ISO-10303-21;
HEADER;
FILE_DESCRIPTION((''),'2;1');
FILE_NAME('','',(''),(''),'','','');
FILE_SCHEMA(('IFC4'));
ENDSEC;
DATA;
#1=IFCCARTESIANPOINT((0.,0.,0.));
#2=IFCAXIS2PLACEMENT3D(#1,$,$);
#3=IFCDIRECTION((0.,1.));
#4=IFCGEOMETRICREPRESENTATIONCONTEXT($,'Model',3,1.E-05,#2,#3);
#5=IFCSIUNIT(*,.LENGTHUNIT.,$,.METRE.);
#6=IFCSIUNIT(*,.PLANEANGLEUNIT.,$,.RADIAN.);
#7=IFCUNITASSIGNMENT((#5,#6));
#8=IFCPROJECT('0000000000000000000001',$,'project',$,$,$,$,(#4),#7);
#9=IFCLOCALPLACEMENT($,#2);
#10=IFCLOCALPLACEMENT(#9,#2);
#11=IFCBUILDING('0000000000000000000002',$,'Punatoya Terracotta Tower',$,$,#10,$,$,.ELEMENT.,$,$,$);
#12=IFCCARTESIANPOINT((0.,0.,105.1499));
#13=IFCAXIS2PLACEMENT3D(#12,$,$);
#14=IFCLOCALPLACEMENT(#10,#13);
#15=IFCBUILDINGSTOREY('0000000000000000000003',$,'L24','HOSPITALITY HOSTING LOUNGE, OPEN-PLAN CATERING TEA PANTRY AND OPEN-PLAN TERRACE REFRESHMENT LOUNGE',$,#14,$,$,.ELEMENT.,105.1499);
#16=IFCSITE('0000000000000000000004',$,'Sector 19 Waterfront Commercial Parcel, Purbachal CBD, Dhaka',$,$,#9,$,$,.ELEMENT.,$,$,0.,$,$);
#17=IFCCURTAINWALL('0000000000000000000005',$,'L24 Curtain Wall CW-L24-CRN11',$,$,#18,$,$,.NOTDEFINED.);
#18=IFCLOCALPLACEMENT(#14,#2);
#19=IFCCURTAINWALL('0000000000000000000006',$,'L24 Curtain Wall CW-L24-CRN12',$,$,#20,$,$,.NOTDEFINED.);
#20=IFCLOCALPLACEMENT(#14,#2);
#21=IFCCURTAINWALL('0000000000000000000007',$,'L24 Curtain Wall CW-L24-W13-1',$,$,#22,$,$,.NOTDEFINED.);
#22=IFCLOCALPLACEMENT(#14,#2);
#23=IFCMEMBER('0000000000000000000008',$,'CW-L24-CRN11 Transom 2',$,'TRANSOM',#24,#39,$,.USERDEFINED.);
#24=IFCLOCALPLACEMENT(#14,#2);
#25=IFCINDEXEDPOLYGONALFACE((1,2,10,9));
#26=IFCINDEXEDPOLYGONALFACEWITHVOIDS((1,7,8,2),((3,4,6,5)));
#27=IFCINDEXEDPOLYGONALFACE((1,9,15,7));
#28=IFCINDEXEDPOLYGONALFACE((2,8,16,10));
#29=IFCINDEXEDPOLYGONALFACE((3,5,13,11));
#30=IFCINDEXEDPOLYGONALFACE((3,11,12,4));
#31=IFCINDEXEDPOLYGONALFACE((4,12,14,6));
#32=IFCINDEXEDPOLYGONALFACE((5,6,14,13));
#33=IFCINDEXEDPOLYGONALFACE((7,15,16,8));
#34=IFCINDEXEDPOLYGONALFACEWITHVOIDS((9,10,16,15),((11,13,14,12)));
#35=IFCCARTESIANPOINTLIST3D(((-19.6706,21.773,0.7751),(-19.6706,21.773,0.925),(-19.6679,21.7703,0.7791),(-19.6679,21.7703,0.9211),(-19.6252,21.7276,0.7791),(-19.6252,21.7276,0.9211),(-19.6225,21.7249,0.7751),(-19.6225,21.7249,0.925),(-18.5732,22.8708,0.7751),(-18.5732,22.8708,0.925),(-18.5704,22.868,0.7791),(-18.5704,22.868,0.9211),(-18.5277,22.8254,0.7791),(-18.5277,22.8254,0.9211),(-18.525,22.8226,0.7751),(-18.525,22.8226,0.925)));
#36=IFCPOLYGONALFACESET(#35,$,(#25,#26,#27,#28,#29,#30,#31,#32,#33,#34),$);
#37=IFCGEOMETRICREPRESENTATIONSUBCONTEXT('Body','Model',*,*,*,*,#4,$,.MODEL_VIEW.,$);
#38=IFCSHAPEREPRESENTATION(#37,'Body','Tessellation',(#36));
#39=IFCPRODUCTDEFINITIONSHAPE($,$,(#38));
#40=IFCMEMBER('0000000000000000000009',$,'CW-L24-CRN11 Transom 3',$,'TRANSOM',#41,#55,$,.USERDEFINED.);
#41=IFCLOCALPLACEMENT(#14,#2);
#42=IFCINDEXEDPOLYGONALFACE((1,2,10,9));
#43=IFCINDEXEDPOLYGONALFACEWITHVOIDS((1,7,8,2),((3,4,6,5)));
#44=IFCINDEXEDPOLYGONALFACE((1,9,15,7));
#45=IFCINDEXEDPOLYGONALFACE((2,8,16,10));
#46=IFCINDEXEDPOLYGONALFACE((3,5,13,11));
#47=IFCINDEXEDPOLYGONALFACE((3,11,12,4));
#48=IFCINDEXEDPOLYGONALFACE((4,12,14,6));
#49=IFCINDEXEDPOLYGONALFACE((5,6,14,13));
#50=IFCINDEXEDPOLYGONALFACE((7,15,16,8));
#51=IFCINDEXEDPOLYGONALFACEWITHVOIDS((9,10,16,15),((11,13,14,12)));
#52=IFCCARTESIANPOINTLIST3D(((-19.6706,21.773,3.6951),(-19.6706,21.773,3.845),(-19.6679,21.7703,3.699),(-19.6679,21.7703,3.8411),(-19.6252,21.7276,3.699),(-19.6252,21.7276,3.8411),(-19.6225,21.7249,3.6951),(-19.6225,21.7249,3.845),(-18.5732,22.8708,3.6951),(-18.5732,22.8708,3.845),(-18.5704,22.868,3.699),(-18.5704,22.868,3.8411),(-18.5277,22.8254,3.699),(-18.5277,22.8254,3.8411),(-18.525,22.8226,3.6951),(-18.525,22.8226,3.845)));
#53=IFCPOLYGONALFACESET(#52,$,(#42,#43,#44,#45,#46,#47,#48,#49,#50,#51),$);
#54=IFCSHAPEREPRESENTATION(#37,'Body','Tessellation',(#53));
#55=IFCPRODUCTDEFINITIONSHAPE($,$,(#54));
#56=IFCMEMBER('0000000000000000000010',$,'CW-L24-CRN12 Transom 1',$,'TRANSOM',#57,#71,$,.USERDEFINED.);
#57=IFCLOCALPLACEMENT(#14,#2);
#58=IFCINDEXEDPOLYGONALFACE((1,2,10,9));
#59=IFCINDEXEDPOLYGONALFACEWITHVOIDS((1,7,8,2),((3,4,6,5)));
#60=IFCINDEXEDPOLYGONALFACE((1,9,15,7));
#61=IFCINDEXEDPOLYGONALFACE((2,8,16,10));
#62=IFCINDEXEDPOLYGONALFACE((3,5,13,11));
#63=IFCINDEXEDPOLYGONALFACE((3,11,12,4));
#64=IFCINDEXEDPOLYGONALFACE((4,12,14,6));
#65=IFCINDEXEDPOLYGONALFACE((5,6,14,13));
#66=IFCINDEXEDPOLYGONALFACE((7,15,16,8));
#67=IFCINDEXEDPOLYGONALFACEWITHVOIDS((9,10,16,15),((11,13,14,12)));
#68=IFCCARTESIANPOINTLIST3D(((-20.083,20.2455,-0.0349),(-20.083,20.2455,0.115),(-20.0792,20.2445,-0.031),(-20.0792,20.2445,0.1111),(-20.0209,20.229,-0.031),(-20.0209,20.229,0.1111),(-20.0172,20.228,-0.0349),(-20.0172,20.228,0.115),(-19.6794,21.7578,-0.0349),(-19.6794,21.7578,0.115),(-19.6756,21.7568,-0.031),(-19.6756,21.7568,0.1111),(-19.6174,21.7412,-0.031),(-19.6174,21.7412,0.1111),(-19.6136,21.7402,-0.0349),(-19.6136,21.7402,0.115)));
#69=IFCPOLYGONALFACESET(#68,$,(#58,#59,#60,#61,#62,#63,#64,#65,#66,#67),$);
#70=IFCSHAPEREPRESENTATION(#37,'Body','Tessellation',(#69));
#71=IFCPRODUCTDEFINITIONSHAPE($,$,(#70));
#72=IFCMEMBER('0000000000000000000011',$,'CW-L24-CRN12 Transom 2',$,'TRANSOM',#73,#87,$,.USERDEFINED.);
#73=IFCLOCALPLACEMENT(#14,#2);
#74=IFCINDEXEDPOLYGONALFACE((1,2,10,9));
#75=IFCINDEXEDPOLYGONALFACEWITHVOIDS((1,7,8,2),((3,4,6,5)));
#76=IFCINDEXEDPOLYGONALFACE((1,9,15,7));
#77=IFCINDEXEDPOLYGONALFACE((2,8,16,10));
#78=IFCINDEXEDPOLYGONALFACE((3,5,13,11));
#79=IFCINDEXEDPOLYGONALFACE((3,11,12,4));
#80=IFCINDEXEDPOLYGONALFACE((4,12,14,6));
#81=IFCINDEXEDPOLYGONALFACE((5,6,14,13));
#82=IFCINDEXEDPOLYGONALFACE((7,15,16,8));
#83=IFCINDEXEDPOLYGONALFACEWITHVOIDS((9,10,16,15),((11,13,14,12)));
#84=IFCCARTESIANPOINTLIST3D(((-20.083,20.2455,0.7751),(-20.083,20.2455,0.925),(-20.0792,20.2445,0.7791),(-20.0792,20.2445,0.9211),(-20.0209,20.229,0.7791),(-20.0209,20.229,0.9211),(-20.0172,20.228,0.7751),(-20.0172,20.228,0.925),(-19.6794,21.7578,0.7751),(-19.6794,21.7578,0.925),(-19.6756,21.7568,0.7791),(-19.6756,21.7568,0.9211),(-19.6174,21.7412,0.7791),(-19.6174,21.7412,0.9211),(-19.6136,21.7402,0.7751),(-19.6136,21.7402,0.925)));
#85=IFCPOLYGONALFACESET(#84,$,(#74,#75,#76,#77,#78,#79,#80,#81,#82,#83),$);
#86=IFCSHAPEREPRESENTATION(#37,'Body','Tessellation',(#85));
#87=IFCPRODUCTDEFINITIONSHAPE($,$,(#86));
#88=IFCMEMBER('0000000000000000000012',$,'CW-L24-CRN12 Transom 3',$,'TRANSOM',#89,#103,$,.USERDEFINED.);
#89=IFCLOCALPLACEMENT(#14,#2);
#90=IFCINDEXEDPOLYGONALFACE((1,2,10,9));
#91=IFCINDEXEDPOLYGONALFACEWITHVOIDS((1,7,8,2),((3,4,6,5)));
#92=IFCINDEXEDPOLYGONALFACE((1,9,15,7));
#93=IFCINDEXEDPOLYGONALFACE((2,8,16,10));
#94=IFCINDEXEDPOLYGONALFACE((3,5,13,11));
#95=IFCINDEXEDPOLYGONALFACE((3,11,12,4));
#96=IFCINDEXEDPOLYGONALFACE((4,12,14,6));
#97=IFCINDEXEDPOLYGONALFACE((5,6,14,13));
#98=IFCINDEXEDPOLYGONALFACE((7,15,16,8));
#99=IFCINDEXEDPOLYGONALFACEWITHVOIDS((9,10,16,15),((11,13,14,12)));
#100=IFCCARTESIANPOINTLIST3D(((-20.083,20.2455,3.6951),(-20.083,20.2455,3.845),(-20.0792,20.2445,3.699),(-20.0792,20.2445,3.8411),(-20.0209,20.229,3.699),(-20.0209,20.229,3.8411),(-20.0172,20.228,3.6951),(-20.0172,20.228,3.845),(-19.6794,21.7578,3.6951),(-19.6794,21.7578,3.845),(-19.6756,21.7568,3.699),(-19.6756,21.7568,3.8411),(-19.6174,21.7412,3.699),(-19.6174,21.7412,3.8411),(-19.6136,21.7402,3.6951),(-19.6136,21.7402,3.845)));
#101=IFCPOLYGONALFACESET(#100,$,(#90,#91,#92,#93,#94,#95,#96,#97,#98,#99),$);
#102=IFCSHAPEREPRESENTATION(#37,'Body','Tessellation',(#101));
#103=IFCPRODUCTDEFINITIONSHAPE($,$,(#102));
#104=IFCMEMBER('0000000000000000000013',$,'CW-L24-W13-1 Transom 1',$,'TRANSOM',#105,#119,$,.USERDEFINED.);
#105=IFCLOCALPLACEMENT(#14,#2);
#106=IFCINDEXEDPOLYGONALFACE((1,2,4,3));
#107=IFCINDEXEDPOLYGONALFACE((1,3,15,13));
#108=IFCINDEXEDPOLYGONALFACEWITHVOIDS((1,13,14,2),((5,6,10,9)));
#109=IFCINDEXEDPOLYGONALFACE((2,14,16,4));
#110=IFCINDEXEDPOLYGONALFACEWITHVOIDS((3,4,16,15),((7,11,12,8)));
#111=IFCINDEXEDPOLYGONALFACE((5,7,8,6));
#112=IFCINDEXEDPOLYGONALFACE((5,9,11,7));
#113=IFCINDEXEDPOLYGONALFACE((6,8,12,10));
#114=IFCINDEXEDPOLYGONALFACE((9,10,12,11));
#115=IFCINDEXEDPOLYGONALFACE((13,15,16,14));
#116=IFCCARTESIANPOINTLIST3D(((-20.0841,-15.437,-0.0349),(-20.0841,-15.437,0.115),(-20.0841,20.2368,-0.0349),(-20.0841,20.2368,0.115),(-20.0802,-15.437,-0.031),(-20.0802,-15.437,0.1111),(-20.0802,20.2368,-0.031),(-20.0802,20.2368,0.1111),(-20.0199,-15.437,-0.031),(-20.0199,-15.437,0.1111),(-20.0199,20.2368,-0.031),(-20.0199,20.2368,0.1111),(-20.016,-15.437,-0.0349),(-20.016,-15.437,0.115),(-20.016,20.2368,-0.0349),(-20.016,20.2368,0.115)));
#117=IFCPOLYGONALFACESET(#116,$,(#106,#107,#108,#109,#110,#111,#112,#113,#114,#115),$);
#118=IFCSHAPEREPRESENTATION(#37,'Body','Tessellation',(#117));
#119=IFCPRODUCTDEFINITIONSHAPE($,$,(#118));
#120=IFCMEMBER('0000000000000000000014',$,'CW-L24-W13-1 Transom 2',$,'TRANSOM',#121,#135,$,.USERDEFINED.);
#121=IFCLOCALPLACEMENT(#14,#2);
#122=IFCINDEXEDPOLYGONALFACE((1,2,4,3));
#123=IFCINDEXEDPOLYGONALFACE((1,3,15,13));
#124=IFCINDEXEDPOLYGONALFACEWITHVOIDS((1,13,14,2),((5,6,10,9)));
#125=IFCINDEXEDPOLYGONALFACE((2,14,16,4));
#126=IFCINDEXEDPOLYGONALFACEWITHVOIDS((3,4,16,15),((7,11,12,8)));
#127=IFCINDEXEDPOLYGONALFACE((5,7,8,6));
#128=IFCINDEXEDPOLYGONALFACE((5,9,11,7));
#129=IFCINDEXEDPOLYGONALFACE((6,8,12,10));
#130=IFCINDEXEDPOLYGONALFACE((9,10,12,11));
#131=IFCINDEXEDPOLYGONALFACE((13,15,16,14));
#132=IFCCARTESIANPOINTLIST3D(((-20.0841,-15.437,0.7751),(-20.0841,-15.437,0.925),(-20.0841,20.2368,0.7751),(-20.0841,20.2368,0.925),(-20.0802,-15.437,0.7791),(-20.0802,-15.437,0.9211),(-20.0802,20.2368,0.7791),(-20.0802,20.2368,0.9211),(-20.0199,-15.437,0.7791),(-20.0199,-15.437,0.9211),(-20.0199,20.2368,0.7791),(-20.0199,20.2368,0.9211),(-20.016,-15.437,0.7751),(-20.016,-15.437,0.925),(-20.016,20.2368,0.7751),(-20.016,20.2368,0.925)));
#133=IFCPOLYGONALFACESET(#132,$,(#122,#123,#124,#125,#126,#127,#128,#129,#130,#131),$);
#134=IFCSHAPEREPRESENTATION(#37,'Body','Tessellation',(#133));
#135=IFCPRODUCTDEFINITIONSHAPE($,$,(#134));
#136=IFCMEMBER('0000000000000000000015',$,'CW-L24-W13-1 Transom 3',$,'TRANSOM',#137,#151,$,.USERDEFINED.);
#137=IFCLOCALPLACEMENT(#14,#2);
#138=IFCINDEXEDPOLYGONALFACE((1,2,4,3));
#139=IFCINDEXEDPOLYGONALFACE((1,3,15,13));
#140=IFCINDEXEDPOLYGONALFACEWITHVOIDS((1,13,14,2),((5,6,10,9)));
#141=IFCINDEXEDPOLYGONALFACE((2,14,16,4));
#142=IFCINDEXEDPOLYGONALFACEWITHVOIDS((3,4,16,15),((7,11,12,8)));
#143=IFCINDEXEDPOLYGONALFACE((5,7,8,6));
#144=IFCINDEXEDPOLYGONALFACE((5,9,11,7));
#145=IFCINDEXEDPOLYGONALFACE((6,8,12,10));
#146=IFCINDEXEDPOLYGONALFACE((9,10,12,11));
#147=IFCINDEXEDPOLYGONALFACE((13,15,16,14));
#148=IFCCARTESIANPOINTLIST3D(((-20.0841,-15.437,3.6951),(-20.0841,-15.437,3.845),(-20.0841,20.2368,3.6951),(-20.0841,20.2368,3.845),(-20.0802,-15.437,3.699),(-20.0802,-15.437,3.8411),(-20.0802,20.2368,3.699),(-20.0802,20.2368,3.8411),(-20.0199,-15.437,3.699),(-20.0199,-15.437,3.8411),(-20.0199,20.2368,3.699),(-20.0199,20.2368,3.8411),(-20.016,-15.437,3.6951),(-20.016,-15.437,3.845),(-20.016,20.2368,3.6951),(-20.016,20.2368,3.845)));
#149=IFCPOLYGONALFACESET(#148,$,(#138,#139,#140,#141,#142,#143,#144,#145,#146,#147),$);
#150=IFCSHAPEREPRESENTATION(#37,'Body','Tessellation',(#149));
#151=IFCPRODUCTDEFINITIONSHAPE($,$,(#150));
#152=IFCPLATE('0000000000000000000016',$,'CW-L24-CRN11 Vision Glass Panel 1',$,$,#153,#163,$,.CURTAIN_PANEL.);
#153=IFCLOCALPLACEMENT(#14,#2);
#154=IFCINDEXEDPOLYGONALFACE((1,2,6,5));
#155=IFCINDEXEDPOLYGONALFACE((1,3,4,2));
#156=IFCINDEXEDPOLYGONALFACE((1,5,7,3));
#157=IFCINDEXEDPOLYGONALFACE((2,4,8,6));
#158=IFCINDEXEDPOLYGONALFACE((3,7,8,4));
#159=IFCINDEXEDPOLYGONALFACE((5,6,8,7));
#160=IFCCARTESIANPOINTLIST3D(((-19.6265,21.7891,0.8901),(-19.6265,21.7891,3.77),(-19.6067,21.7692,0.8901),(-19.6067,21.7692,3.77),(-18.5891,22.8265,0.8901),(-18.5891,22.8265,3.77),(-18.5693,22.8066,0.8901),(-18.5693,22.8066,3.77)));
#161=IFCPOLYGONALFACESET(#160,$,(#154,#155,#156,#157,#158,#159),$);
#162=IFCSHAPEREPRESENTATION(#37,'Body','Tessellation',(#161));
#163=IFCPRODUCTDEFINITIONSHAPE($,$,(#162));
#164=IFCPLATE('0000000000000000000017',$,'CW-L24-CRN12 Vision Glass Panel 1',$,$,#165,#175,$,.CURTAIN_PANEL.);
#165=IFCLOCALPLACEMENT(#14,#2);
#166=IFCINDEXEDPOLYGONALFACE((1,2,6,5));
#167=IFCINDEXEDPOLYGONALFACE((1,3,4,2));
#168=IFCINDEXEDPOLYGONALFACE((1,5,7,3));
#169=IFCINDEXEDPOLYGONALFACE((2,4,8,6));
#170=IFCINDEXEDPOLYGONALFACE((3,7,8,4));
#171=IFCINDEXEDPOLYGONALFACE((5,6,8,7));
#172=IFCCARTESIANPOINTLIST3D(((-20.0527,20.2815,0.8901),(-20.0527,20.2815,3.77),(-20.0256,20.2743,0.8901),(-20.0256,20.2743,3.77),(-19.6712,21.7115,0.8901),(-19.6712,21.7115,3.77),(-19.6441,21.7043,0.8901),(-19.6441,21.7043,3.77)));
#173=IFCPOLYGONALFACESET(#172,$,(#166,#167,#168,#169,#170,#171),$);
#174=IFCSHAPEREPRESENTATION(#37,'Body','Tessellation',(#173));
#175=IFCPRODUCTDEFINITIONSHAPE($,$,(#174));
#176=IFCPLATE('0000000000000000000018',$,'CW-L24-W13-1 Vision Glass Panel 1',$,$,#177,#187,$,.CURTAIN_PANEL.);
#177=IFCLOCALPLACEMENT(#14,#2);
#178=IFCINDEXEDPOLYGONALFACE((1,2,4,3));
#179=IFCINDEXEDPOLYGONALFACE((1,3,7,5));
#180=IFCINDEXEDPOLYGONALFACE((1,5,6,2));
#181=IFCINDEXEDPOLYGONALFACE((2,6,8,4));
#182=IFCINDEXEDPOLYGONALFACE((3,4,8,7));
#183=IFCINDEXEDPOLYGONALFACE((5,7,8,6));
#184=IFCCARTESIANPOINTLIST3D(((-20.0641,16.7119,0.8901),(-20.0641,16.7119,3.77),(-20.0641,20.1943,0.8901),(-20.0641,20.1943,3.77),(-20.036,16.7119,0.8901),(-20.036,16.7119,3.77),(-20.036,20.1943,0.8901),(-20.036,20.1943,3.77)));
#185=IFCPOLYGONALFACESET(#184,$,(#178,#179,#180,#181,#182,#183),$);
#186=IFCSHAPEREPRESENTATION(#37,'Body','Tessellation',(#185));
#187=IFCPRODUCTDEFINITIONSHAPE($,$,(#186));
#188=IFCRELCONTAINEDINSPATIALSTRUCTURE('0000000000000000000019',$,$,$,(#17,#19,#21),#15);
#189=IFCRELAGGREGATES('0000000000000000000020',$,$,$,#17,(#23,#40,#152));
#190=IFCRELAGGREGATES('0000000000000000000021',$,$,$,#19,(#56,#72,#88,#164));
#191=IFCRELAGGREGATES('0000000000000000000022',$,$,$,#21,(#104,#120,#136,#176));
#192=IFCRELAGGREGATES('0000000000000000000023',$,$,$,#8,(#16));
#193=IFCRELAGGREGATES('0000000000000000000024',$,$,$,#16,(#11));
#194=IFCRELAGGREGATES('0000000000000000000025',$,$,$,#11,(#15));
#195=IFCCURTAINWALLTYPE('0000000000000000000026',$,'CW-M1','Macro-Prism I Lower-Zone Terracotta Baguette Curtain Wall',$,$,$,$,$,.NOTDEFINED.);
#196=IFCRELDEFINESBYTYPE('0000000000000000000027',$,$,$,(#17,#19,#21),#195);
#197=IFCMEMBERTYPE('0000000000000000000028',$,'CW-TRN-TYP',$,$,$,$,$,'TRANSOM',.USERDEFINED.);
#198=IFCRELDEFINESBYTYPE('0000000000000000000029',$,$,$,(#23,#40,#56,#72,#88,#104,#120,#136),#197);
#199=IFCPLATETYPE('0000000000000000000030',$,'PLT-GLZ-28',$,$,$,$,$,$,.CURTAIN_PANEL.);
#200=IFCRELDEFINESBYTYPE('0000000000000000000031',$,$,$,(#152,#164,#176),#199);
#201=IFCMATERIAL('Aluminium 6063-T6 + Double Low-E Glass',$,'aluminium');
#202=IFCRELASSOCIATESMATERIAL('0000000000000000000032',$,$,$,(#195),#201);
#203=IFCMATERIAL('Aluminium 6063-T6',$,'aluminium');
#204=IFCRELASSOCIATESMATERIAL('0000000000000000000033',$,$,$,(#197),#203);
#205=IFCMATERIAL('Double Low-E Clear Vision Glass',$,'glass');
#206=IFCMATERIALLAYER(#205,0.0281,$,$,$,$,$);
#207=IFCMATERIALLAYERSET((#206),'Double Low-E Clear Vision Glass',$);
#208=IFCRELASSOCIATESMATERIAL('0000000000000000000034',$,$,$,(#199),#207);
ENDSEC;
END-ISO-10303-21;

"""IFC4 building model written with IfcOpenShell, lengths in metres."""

from ifc_helpers import new_model, si_unit, direction, frame, origin, origin_2d, place, context, subcontext, project, spatial, rectangle, hollow_rectangle, extrude, material, layer, layer_set, material_profile, profile_set, type_object, element, aggregate, save


model = new_model("IFC4")

# Units and contexts
model_context = context("Model", 3, precision=1e-05, world=origin(), true_north=direction((0.0, 1.0)))
body_context = subcontext(model_context, "Body", "Model", "MODEL_VIEW")
ifc_project = project(units=[si_unit("LENGTHUNIT", "METRE"), si_unit("PLANEANGLEUNIT", "RADIAN")], contexts=[model_context])

# Site, building, storey
site_placement = place(None, origin())
site = spatial("IfcSite", under=ifc_project, at=site_placement, Name="Sector 19 Waterfront Commercial Parcel, Purbachal CBD, Dhaka", CompositionType="ELEMENT", RefElevation=0.0)
building_placement = place(site_placement, origin())
building = spatial("IfcBuilding", under=site, at=building_placement, Name="Punatoya Terracotta Tower", CompositionType="ELEMENT")
storey_placement = place(building_placement, frame((0.0, 0.0, 105.1499)))
storey = spatial("IfcBuildingStorey", under=building, at=storey_placement, Name="L24", Description="HOSPITALITY HOSTING LOUNGE, OPEN-PLAN CATERING TEA PANTRY AND OPEN-PLAN TERRACE REFRESHMENT LOUNGE", CompositionType="ELEMENT", Elevation=105.1499)

# Shared definitions
ifc_material_1 = material(Name="Aluminium 6063-T6 + Double Low-E Glass", Category="aluminium")
curtain_wall_type = type_object("IfcCurtainWallType", Name="CW-M1", Description="Macro-Prism I Lower-Zone Terracotta Baguette Curtain Wall", PredefinedType="NOTDEFINED", material=ifc_material_1)
ifc_material_2 = material(Name="Aluminium 6063-T6", Category="aluminium")

# Curtain walls
curtain_wall_1_placement = place(storey_placement, origin())
curtain_wall_1 = element("IfcCurtainWall", 1, at=curtain_wall_1_placement, inside=storey, type_object=curtain_wall_type, Name="L24 Curtain Wall CW-L24-CRN11", PredefinedType="NOTDEFINED")
curtain_wall_2_placement = place(storey_placement, origin())
curtain_wall_2 = element("IfcCurtainWall", 2, at=curtain_wall_2_placement, inside=storey, type_object=curtain_wall_type, Name="L24 Curtain Wall CW-L24-CRN12", PredefinedType="NOTDEFINED")
curtain_wall_3_placement = place(storey_placement, origin())
curtain_wall_3 = element("IfcCurtainWall", 3, at=curtain_wall_3_placement, inside=storey, type_object=curtain_wall_type, Name="L24 Curtain Wall CW-L24-W13-1", PredefinedType="NOTDEFINED")

# Members
ifc_material_profile_1 = material_profile(ifc_material_2, hollow_rectangle(XDim=0.0681, YDim=0.1499, WallThickness=0.0039, at=origin_2d()))
ifc_profile_set_1 = profile_set([ifc_material_profile_1], Name="Aluminium 6063-T6")
member_type_1 = type_object("IfcMemberType", Name="CW-TRN-TYP", ElementType="TRANSOM", PredefinedType="USERDEFINED", material=ifc_profile_set_1)
member_1_placement = place(storey_placement, frame((-18.5491, 22.8467, 0.8501), z_axis=(-0.707028, -0.707185, 0.0), x_axis=(0.707185, -0.707028, 0.0)))
member_1 = element("IfcMember", 4, at=member_1_placement, type_object=member_type_1, Name="CW-L24-CRN11 Transom 2", ObjectType="TRANSOM", PredefinedType="USERDEFINED", context=body_context, shape_type="SweptSolid", body=[
    extrude(hollow_rectangle(XDim=0.0681, YDim=0.1499, WallThickness=0.0039, at=origin_2d()), origin(), (0.0, 0.0, 1.0), 1.5522),
])
member_2_placement = place(storey_placement, frame((-18.5491, 22.8467, 3.77), z_axis=(-0.707028, -0.707185, 0.0), x_axis=(0.707185, -0.707028, 0.0)))
member_2 = element("IfcMember", 5, at=member_2_placement, type_object=member_type_1, Name="CW-L24-CRN11 Transom 3", ObjectType="TRANSOM", PredefinedType="USERDEFINED", context=body_context, shape_type="SweptSolid", body=[
    extrude(hollow_rectangle(XDim=0.0681, YDim=0.1499, WallThickness=0.0039, at=origin_2d()), origin(), (0.0, 0.0, 1.0), 1.5522),
])
member_3_placement = place(storey_placement, frame((-19.6465, 21.749, 0.04), z_axis=(-0.257847, -0.966186, 0.0), x_axis=(0.966186, -0.257847, 0.0)))
member_3 = element("IfcMember", 6, at=member_3_placement, type_object=member_type_1, Name="CW-L24-CRN12 Transom 1", ObjectType="TRANSOM", PredefinedType="USERDEFINED", context=body_context, shape_type="SweptSolid", body=[
    extrude(hollow_rectangle(XDim=0.0681, YDim=0.1499, WallThickness=0.0039, at=origin_2d()), origin(), (0.0, 0.0, 1.0), 1.5652),
])
member_4_placement = place(storey_placement, frame((-19.6465, 21.749, 0.8501), z_axis=(-0.257847, -0.966186, 0.0), x_axis=(0.966186, -0.257847, 0.0)))
member_4 = element("IfcMember", 7, at=member_4_placement, type_object=member_type_1, Name="CW-L24-CRN12 Transom 2", ObjectType="TRANSOM", PredefinedType="USERDEFINED", context=body_context, shape_type="SweptSolid", body=[
    extrude(hollow_rectangle(XDim=0.0681, YDim=0.1499, WallThickness=0.0039, at=origin_2d()), origin(), (0.0, 0.0, 1.0), 1.5652),
])
member_5_placement = place(storey_placement, frame((-19.6465, 21.749, 3.77), z_axis=(-0.257847, -0.966186, 0.0), x_axis=(0.966186, -0.257847, 0.0)))
member_5 = element("IfcMember", 8, at=member_5_placement, type_object=member_type_1, Name="CW-L24-CRN12 Transom 3", ObjectType="TRANSOM", PredefinedType="USERDEFINED", context=body_context, shape_type="SweptSolid", body=[
    extrude(hollow_rectangle(XDim=0.0681, YDim=0.1499, WallThickness=0.0039, at=origin_2d()), origin(), (0.0, 0.0, 1.0), 1.5652),
])
member_6_placement = place(storey_placement, frame((-20.05, 20.2368, 0.04), z_axis=(0.0, -1.0, 0.0), x_axis=(1.0, 0.0, 0.0)))
member_6 = element("IfcMember", 9, at=member_6_placement, type_object=member_type_1, Name="CW-L24-W13-1 Transom 1", ObjectType="TRANSOM", PredefinedType="USERDEFINED", context=body_context, shape_type="SweptSolid", body=[
    extrude(hollow_rectangle(XDim=0.0681, YDim=0.1499, WallThickness=0.0039, at=origin_2d()), origin(), (0.0, 0.0, 1.0), 35.6738),
])
member_7_placement = place(storey_placement, frame((-20.05, 20.2368, 0.8501), z_axis=(0.0, -1.0, 0.0), x_axis=(1.0, 0.0, 0.0)))
member_7 = element("IfcMember", 10, at=member_7_placement, type_object=member_type_1, Name="CW-L24-W13-1 Transom 2", ObjectType="TRANSOM", PredefinedType="USERDEFINED", context=body_context, shape_type="SweptSolid", body=[
    extrude(hollow_rectangle(XDim=0.0681, YDim=0.1499, WallThickness=0.0039, at=origin_2d()), origin(), (0.0, 0.0, 1.0), 35.6738),
])
member_8_placement = place(storey_placement, frame((-20.05, 20.2368, 3.77), z_axis=(0.0, -1.0, 0.0), x_axis=(1.0, 0.0, 0.0)))
member_8 = element("IfcMember", 11, at=member_8_placement, type_object=member_type_1, Name="CW-L24-W13-1 Transom 3", ObjectType="TRANSOM", PredefinedType="USERDEFINED", context=body_context, shape_type="SweptSolid", body=[
    extrude(hollow_rectangle(XDim=0.0681, YDim=0.1499, WallThickness=0.0039, at=origin_2d()), origin(), (0.0, 0.0, 1.0), 35.6738),
])

# Plates
ifc_material_3 = material(Name="Double Low-E Clear Vision Glass", Category="glass")
ifc_layer_1 = layer(ifc_material_3, 0.0281)
ifc_layer_set_1 = layer_set([ifc_layer_1], Name="Double Low-E Clear Vision Glass")
plate_type_1 = type_object("IfcPlateType", Name="PLT-GLZ-28", PredefinedType="CURTAIN_PANEL", material=ifc_layer_set_1)
plate_1_placement = place(storey_placement, frame((-19.0979, 22.2979, 0.8901), z_axis=(0.0, 0.0, 1.0), x_axis=(-0.707107, -0.707107, 0.0)))
plate_1 = element("IfcPlate", 12, at=plate_1_placement, type_object=plate_type_1, Name="CW-L24-CRN11 Vision Glass Panel 1", PredefinedType="CURTAIN_PANEL", context=body_context, shape_type="SweptSolid", body=[
    extrude(rectangle(XDim=1.467, YDim=0.0281, at=origin_2d()), origin(), (0.0, 0.0, 1.0), 2.8799),
])
plate_2_placement = place(storey_placement, frame((-19.8484, 20.9929, 0.8901), z_axis=(0.0, 0.0, 1.0), x_axis=(-0.257742, -0.966214, 0.0)))
plate_2 = element("IfcPlate", 13, at=plate_2_placement, type_object=plate_type_1, Name="CW-L24-CRN12 Vision Glass Panel 1", PredefinedType="CURTAIN_PANEL", context=body_context, shape_type="SweptSolid", body=[
    extrude(rectangle(XDim=1.48, YDim=0.0281, at=origin_2d()), origin(), (0.0, 0.0, 1.0), 2.8799),
])
plate_3_placement = place(storey_placement, frame((-20.05, 18.4531, 0.8901), z_axis=(0.0, 0.0, 1.0), x_axis=(0.0, -1.0, 0.0)))
plate_3 = element("IfcPlate", 14, at=plate_3_placement, type_object=plate_type_1, Name="CW-L24-W13-1 Vision Glass Panel 1", PredefinedType="CURTAIN_PANEL", context=body_context, shape_type="SweptSolid", body=[
    extrude(rectangle(XDim=3.4824, YDim=0.0281, at=origin_2d()), origin(), (0.0, 0.0, 1.0), 2.8799),
])
aggregate(curtain_wall_1, [member_1, member_2, plate_1])
aggregate(curtain_wall_2, [member_3, member_4, member_5, plate_2])
aggregate(curtain_wall_3, [member_6, member_7, member_8, plate_3])

save(model, "model.ifc")
